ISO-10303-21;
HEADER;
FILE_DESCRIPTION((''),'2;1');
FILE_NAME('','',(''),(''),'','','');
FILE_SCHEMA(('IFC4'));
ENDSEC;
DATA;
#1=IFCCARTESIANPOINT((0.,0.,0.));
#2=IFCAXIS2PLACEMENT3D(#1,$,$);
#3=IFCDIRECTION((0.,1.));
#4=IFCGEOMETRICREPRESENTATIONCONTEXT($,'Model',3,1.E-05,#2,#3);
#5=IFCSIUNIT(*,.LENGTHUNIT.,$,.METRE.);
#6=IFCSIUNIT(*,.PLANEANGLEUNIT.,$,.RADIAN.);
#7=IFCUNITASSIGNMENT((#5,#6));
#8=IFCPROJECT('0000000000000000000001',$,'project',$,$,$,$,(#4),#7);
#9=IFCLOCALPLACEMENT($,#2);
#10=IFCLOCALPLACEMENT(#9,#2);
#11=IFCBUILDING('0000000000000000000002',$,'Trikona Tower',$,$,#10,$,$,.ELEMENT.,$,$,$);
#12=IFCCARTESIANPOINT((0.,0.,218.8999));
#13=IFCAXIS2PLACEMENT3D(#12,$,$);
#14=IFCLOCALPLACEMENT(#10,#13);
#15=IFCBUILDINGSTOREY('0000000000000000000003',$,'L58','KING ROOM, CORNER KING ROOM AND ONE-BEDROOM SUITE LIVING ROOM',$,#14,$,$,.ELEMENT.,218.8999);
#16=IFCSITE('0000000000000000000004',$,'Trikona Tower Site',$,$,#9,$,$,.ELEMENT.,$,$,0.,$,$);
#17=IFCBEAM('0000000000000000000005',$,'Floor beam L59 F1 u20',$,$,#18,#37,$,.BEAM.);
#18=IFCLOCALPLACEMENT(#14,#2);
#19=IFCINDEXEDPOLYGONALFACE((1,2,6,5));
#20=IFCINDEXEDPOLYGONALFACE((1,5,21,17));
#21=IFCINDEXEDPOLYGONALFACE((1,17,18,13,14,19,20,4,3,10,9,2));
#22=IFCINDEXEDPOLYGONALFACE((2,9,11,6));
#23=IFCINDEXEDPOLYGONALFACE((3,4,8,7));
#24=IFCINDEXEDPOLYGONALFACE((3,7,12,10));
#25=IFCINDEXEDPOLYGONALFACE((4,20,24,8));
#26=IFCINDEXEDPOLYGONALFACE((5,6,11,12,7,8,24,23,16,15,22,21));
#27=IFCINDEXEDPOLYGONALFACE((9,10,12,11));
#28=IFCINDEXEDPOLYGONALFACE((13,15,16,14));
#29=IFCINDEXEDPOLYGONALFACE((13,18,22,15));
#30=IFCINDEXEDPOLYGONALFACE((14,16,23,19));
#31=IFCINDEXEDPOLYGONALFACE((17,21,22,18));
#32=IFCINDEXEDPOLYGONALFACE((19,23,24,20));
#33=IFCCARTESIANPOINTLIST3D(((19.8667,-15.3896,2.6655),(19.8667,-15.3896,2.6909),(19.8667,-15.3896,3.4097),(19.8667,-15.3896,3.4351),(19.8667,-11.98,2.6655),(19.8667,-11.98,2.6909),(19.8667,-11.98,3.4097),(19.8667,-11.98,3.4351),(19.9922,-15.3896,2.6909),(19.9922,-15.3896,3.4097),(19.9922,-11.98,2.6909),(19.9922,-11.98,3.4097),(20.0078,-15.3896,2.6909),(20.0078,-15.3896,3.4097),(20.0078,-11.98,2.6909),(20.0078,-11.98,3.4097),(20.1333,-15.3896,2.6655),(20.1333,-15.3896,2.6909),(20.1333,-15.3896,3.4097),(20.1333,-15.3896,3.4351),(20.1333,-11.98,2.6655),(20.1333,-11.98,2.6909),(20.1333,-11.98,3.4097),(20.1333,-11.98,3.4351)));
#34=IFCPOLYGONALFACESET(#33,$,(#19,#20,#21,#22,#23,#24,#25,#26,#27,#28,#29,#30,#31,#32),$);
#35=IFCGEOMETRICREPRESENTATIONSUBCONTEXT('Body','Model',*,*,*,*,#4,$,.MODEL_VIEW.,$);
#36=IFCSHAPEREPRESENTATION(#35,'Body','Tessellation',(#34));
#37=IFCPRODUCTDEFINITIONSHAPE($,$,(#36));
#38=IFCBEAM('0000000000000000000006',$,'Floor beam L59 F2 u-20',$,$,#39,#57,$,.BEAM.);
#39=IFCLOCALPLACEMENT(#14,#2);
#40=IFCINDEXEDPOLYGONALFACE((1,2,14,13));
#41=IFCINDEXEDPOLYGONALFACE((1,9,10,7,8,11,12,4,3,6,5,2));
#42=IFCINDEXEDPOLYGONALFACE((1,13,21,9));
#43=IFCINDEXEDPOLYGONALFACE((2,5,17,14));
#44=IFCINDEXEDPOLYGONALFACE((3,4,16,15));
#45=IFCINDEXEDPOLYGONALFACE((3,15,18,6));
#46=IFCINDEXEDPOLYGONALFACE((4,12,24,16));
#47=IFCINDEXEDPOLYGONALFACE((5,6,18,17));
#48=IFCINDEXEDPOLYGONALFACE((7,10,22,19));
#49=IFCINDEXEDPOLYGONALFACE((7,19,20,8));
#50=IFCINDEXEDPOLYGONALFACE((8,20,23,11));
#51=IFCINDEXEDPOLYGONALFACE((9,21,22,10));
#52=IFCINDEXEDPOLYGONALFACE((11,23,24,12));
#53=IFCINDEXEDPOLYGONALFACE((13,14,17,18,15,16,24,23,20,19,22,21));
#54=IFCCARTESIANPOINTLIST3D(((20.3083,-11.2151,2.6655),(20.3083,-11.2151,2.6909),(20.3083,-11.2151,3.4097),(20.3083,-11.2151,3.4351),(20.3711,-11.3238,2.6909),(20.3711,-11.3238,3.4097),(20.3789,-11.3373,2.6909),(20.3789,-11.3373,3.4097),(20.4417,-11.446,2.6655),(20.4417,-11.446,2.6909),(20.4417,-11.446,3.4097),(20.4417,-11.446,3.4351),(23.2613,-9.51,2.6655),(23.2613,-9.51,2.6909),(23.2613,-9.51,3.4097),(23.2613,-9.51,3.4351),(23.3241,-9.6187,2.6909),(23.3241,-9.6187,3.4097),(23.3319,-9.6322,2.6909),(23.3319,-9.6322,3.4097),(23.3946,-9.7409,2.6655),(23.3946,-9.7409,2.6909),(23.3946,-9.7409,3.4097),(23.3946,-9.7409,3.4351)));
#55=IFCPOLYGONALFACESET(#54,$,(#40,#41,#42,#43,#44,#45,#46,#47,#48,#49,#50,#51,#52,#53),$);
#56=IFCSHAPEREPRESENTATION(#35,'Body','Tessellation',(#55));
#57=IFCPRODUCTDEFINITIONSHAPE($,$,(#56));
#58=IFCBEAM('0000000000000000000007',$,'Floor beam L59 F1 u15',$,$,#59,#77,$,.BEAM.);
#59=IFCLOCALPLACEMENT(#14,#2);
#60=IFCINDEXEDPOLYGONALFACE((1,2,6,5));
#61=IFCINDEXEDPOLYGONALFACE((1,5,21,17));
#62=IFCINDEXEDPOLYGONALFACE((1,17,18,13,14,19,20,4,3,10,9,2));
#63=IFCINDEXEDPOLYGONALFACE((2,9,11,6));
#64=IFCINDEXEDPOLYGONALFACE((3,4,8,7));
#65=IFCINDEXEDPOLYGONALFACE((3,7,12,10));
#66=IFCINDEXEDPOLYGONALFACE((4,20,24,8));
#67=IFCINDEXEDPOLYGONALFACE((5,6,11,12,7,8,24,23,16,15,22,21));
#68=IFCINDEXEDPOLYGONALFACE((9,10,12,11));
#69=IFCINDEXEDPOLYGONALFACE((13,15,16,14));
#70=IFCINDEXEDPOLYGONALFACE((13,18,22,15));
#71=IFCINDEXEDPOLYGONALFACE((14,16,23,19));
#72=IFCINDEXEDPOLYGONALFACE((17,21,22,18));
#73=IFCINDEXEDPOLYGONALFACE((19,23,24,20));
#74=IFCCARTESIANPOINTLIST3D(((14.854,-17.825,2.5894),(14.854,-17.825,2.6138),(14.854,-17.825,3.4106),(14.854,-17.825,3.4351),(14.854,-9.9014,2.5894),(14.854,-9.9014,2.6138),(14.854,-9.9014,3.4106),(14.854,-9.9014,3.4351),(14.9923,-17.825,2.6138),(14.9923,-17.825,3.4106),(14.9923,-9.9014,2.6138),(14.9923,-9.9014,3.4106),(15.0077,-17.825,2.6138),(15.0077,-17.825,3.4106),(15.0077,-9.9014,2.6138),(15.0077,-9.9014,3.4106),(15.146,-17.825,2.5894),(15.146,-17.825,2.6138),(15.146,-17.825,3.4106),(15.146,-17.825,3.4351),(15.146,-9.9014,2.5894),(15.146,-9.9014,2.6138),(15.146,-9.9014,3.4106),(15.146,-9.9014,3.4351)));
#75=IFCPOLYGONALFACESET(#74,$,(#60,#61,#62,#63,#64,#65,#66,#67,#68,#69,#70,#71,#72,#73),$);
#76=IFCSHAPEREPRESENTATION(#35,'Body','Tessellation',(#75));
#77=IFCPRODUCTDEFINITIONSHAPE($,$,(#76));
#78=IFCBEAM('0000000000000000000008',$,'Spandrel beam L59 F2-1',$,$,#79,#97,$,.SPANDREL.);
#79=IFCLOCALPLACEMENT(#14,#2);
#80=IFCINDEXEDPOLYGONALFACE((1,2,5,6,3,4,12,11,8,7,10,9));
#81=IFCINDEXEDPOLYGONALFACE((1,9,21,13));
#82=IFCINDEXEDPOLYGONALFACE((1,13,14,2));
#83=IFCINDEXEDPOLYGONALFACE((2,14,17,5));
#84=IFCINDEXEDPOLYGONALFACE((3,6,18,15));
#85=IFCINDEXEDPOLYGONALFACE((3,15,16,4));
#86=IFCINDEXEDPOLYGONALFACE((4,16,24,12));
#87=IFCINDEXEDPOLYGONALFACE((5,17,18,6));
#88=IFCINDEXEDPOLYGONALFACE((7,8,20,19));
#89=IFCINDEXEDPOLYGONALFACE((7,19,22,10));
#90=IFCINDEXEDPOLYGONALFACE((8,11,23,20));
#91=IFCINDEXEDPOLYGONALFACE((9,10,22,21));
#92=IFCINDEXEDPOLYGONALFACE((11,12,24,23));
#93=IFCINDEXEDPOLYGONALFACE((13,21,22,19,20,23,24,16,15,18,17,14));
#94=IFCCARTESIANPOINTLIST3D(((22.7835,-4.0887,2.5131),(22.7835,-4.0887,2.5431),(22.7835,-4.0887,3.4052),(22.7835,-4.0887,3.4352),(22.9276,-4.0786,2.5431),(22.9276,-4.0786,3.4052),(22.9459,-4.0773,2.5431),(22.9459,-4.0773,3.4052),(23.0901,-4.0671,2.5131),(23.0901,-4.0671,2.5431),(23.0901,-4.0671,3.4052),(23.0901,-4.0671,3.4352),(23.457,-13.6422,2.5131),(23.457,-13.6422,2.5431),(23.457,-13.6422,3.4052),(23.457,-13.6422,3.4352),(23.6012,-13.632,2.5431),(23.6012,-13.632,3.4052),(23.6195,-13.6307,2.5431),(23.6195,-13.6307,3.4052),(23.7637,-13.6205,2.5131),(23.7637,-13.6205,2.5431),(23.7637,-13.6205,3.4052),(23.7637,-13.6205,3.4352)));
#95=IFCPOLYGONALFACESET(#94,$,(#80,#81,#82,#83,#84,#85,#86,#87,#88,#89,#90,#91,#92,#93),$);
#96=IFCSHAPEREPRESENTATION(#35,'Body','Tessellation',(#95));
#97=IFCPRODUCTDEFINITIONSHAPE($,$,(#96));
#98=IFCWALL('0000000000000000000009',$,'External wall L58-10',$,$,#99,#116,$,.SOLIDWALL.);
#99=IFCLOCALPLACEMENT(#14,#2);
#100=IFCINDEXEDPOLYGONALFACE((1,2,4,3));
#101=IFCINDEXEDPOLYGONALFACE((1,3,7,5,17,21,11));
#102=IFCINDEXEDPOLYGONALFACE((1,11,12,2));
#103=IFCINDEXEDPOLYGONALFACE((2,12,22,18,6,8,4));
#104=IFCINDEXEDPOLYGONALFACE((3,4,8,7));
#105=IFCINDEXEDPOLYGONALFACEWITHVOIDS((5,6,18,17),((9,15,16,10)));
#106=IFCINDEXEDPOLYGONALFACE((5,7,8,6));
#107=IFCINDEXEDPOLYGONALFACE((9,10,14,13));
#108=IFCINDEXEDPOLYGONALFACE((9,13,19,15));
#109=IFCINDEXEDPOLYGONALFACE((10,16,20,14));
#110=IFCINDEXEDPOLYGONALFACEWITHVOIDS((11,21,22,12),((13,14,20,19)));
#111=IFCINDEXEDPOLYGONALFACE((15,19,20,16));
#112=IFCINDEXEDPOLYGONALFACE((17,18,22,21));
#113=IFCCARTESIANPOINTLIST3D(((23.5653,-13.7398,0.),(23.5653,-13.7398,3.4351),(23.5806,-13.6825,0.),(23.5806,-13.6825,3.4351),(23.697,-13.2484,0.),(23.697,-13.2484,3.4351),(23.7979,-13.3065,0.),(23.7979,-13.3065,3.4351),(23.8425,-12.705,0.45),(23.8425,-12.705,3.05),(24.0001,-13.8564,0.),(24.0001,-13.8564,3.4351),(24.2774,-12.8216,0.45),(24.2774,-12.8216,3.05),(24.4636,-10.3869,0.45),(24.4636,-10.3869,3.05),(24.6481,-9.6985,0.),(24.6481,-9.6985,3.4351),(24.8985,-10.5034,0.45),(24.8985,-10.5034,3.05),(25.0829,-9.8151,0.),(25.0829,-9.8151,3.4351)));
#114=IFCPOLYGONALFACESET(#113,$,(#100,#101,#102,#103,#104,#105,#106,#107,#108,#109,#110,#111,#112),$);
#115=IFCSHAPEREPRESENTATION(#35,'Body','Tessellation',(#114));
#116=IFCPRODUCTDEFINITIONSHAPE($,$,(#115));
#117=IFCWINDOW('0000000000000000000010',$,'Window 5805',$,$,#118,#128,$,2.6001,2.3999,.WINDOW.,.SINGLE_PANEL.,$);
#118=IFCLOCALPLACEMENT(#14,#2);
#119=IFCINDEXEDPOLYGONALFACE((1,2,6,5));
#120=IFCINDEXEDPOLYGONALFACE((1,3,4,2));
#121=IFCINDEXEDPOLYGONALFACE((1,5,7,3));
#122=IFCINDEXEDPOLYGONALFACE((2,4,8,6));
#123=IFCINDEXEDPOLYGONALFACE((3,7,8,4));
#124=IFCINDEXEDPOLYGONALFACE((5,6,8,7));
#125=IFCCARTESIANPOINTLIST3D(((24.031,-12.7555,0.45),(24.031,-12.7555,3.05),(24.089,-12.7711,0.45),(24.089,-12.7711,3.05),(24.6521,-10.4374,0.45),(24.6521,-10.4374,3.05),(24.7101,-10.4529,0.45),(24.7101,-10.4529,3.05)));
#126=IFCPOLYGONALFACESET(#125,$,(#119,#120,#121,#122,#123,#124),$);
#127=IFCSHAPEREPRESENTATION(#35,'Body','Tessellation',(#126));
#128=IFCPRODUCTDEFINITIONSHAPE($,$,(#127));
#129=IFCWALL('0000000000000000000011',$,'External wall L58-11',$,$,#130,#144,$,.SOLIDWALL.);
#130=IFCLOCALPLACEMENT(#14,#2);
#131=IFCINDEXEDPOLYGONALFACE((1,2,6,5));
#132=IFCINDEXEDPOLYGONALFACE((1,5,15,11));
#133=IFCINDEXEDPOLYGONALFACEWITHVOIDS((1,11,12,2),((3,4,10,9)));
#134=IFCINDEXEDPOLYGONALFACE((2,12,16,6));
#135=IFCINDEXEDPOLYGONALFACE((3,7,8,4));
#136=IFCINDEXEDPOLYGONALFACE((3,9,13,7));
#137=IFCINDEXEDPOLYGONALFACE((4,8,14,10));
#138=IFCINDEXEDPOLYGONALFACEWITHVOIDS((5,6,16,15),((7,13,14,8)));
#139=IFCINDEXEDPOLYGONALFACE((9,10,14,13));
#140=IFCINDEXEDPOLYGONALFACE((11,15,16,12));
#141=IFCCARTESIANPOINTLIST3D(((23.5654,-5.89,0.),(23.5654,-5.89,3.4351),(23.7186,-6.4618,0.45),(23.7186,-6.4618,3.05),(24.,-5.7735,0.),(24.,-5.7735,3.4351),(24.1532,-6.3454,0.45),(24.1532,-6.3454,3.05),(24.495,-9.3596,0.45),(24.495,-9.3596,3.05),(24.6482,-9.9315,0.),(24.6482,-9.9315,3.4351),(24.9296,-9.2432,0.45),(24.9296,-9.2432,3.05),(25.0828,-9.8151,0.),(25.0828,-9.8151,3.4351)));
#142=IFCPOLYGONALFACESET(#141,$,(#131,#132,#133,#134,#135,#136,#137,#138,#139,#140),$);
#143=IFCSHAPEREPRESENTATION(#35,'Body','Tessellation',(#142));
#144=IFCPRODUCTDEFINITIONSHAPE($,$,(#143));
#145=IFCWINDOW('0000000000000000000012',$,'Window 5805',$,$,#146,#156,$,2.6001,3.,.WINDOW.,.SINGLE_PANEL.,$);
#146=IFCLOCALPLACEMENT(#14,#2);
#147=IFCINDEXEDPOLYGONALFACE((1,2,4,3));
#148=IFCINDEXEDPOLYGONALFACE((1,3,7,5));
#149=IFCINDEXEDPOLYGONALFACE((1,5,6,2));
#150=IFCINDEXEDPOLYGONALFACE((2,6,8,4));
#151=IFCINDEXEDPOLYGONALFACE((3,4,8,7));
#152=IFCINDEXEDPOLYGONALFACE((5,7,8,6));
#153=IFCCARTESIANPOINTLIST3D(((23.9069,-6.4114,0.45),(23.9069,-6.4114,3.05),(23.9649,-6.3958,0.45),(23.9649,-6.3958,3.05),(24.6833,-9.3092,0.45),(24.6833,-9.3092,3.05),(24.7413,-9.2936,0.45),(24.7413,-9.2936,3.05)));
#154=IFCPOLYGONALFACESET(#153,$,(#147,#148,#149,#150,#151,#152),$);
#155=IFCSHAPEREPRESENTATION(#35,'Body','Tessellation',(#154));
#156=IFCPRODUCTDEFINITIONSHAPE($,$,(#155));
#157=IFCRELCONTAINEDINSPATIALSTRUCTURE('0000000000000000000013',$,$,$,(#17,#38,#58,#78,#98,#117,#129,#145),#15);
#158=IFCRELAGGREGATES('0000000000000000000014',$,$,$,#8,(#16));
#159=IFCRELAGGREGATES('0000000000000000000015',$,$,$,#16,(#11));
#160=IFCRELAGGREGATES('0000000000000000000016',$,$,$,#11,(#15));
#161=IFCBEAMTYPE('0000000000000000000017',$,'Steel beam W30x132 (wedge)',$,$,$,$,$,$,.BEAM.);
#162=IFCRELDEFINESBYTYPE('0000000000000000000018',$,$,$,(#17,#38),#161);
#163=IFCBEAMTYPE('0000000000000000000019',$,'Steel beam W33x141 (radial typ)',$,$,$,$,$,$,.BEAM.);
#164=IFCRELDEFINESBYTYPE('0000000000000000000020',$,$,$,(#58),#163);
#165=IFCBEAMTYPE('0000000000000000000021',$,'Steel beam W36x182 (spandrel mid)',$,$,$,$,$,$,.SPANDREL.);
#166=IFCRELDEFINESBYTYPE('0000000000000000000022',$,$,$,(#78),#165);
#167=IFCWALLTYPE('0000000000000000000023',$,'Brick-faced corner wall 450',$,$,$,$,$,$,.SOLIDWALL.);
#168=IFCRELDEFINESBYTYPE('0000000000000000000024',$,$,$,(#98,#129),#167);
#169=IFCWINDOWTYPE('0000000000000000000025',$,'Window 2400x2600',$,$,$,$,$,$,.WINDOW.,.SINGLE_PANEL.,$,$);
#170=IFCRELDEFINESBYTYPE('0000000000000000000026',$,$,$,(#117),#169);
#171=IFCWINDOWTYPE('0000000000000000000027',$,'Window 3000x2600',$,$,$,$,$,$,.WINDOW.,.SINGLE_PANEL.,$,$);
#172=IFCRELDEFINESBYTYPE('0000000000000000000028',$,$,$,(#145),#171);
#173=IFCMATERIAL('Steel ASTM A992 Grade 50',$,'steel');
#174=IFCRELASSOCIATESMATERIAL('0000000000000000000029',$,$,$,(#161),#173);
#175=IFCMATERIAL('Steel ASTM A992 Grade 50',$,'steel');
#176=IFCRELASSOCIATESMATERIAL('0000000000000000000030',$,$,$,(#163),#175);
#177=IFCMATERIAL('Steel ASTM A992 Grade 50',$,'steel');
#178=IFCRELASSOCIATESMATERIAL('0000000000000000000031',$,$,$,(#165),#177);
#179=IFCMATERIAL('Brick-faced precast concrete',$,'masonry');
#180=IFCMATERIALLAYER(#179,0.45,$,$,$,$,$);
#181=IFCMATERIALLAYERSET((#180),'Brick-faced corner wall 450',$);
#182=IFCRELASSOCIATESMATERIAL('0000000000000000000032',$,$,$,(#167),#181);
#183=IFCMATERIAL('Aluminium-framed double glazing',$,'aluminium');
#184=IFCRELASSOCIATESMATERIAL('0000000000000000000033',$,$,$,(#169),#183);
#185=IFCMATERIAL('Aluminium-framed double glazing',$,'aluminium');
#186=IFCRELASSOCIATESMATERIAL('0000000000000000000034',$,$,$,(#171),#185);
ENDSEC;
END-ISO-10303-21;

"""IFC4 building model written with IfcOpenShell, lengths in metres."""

from ifc_helpers import new_model, si_unit, direction, frame, frame_2d, origin, origin_2d, place, context, subcontext, project, spatial, polyline, rectangle, i_section, outline, extrude, material, layer, layer_set, material_profile, profile_set, type_object, element, fill, save


model = new_model("IFC4")

# Units and contexts
model_context = context("Model", 3, precision=1e-05, world=origin(), true_north=direction((0.0, 1.0)))
body_context = subcontext(model_context, "Body", "Model", "MODEL_VIEW")
ifc_project = project(units=[si_unit("LENGTHUNIT", "METRE"), si_unit("PLANEANGLEUNIT", "RADIAN")], contexts=[model_context])

# Site, building, storey
site_placement = place(None, origin())
site = spatial("IfcSite", under=ifc_project, at=site_placement, Name="Trikona Tower Site", CompositionType="ELEMENT", RefElevation=0.0)
building_placement = place(site_placement, origin())
building = spatial("IfcBuilding", under=site, at=building_placement, Name="Trikona Tower", CompositionType="ELEMENT")
storey_placement = place(building_placement, frame((0.0, 0.0, 218.8999)))
storey = spatial("IfcBuildingStorey", under=building, at=storey_placement, Name="L58", Description="KING ROOM, CORNER KING ROOM AND ONE-BEDROOM SUITE LIVING ROOM", CompositionType="ELEMENT", Elevation=218.8999)

# Beams
ifc_material_1 = material(Name="Steel ASTM A992 Grade 50", Category="steel")
ifc_material_profile_1 = material_profile(ifc_material_1, i_section(OverallWidth=0.2666, OverallDepth=0.7695, WebThickness=0.0156, FlangeThickness=0.0254, at=origin_2d()), Name="W30X132")
ifc_profile_set_1 = profile_set([ifc_material_profile_1], Name="Steel ASTM A992 Grade 50")
beam_type_1 = type_object("IfcBeamType", Name="Steel beam W30x132 (wedge)", PredefinedType="BEAM", material=ifc_profile_set_1)
beam_1_placement = place(storey_placement, frame((20.0, -11.98, 3.0503), z_axis=(0.0, -1.0, 0.0), x_axis=(1.0, 0.0, 0.0)))
element("IfcBeam", 1, at=beam_1_placement, inside=storey, type_object=beam_type_1, Name="Floor beam L59 F1 u20", PredefinedType="BEAM", context=body_context, shape_type="SweptSolid", body=[
    extrude(i_section(OverallWidth=0.2666, OverallDepth=0.7695, WebThickness=0.0156, FlangeThickness=0.0254, at=origin_2d()), origin(), (0.0, 0.0, 1.0), 3.4097),
])
beam_2_placement = place(storey_placement, frame((20.375, -11.3306, 3.0503), z_axis=(0.865996, 0.500051, 0.0), x_axis=(-0.500051, 0.865996, 0.0)))
element("IfcBeam", 2, at=beam_2_placement, inside=storey, type_object=beam_type_1, Name="Floor beam L59 F2 u-20", PredefinedType="BEAM", context=body_context, shape_type="SweptSolid", body=[
    extrude(i_section(OverallWidth=0.2666, OverallDepth=0.7695, WebThickness=0.0156, FlangeThickness=0.0254, at=origin_2d()), origin(), (0.0, 0.0, 1.0), 3.4099),
])
ifc_material_2 = material(Name="Steel ASTM A992 Grade 50", Category="steel")
ifc_material_profile_2 = material_profile(ifc_material_2, i_section(OverallWidth=0.292, OverallDepth=0.8457, WebThickness=0.0154, FlangeThickness=0.0244, at=origin_2d()), Name="W33X141")
ifc_profile_set_2 = profile_set([ifc_material_profile_2], Name="Steel ASTM A992 Grade 50")
beam_type_2 = type_object("IfcBeamType", Name="Steel beam W33x141 (radial typ)", PredefinedType="BEAM", material=ifc_profile_set_2)
beam_3_placement = place(storey_placement, frame((15.0, -9.9014, 3.0122), z_axis=(0.0, -1.0, 0.0), x_axis=(1.0, 0.0, 0.0)))
element("IfcBeam", 3, at=beam_3_placement, inside=storey, type_object=beam_type_2, Name="Floor beam L59 F1 u15", PredefinedType="BEAM", context=body_context, shape_type="SweptSolid", body=[
    extrude(i_section(OverallWidth=0.292, OverallDepth=0.8457, WebThickness=0.0154, FlangeThickness=0.0244, at=origin_2d()), origin(), (0.0, 0.0, 1.0), 7.9236),
])
ifc_material_3 = material(Name="Steel ASTM A992 Grade 50", Category="steel")
ifc_material_profile_3 = material_profile(ifc_material_3, i_section(OverallWidth=0.3074, OverallDepth=0.9221, WebThickness=0.0183, FlangeThickness=0.03, at=origin_2d()), Name="W36X182")
ifc_profile_set_3 = profile_set([ifc_material_profile_3], Name="Steel ASTM A992 Grade 50")
beam_type_3 = type_object("IfcBeamType", Name="Steel beam W36x182 (spandrel mid)", PredefinedType="SPANDREL", material=ifc_profile_set_3)
beam_4_placement = place(storey_placement, frame((23.6104, -13.6313, 2.9741), z_axis=(-0.070332, 0.997524, 0.0), x_axis=(-0.997524, -0.070332, 0.0)))
element("IfcBeam", 4, at=beam_4_placement, inside=storey, type_object=beam_type_3, Name="Spandrel beam L59 F2-1", PredefinedType="SPANDREL", context=body_context, shape_type="SweptSolid", body=[
    extrude(i_section(OverallWidth=0.3074, OverallDepth=0.9221, WebThickness=0.0183, FlangeThickness=0.03, at=origin_2d()), origin(), (0.0, 0.0, 1.0), 9.5771),
])

# Walls, openings, windows
ifc_material_4 = material(Name="Brick-faced precast concrete", Category="masonry")
ifc_layer_1 = layer(ifc_material_4, 0.45)
ifc_layer_set_1 = layer_set([ifc_layer_1], Name="Brick-faced corner wall 450")
wall_type_1 = type_object("IfcWallType", Name="Brick-faced corner wall 450", PredefinedType="SOLIDWALL", material=ifc_layer_set_1)
wall_1_placement = place(storey_placement, frame((23.7827, -13.7981, 0.0), z_axis=(0.0, 0.0, 1.0), x_axis=(0.258799, 0.965931, 0.0)))
wall_1 = element("IfcWall", 5, at=wall_1_placement, inside=storey, type_object=wall_type_1, Name="External wall L58-10", PredefinedType="SOLIDWALL", context=body_context, shape_type="SweptSolid", body=[
    extrude(outline(polyline([(4.1838, 0.2251), (0.5088, 0.2251), (0.4788, 0.1125), (0.0593, 0.2251), (0.0, 0.2251), (0.0, -0.2251), (4.1838, -0.2251), (4.1838, 0.2251)])), origin(), (0.0, 0.0, 1.0), 3.4351),
])
opening_1_placement = place(wall_1_placement, frame((1.0713, 0.0, 0.45)))
opening_1 = element("IfcOpeningElement", 6, at=opening_1_placement, cuts=wall_1, PredefinedType="OPENING", context=body_context, shape_type="SweptSolid", body=[
    extrude(rectangle(XDim=2.3999, YDim=2.6001, at=frame_2d((1.2, 1.3))), frame((0.0, 0.2349, 0.0), z_axis=(0.0, -1.0, 0.0), x_axis=(1.0, 0.0, 0.0)), (0.0, 0.0, 1.0), 0.47),
])
ifc_material_5 = material(Name="Aluminium-framed double glazing", Category="aluminium")
window_type_1 = type_object("IfcWindowType", Name="Window 2400x2600", PartitioningType="SINGLE_PANEL", PredefinedType="WINDOW", material=ifc_material_5)
window_1_placement = place(opening_1_placement, origin())
window_1 = element("IfcWindow", 7, at=window_1_placement, inside=storey, type_object=window_type_1, Name="Window 5805", OverallHeight=2.6001, OverallWidth=2.3999, PartitioningType="SINGLE_PANEL", PredefinedType="WINDOW", context=body_context, shape_type="SweptSolid", body=[
    extrude(rectangle(XDim=2.3999, YDim=2.6001, at=frame_2d((1.2, 1.3))), frame((0.0, 0.03, 0.0), z_axis=(0.0, -1.0, 0.0), x_axis=(1.0, 0.0, 0.0)), (0.0, 0.0, 1.0), 0.0601),
])
fill(opening_1, window_1)
wall_2_placement = place(storey_placement, frame((24.8655, -9.8733, 0.0), z_axis=(0.0, 0.0, 1.0), x_axis=(-0.258785, 0.965935, 0.0)))
wall_2 = element("IfcWall", 8, at=wall_2_placement, inside=storey, type_object=wall_type_1, Name="External wall L58-11", PredefinedType="SOLIDWALL", context=body_context, shape_type="SweptSolid", body=[
    extrude(rectangle(XDim=4.1841, YDim=0.45, at=frame_2d((2.092, 0.0))), origin(), (0.0, 0.0, 1.0), 3.4351),
])
opening_2_placement = place(wall_2_placement, frame((0.592, 0.0, 0.45)))
opening_2 = element("IfcOpeningElement", 9, at=opening_2_placement, cuts=wall_2, PredefinedType="OPENING", context=body_context, shape_type="SweptSolid", body=[
    extrude(rectangle(XDim=3.0, YDim=2.6001, at=frame_2d((1.5, 1.3))), frame((0.0, 0.2349, 0.0), z_axis=(0.0, -1.0, 0.0), x_axis=(1.0, 0.0, 0.0)), (0.0, 0.0, 1.0), 0.47),
])
ifc_material_6 = material(Name="Aluminium-framed double glazing", Category="aluminium")
window_type_2 = type_object("IfcWindowType", Name="Window 3000x2600", PartitioningType="SINGLE_PANEL", PredefinedType="WINDOW", material=ifc_material_6)
window_2_placement = place(opening_2_placement, origin())
window_2 = element("IfcWindow", 10, at=window_2_placement, inside=storey, type_object=window_type_2, Name="Window 5805", OverallHeight=2.6001, OverallWidth=3.0, PartitioningType="SINGLE_PANEL", PredefinedType="WINDOW", context=body_context, shape_type="SweptSolid", body=[
    extrude(rectangle(XDim=3.0, YDim=2.6001, at=frame_2d((1.5, 1.3))), frame((0.0, 0.03, 0.0), z_axis=(0.0, -1.0, 0.0), x_axis=(1.0, 0.0, 0.0)), (0.0, 0.0, 1.0), 0.0601),
])
fill(opening_2, window_2)

save(model, "model.ifc")
